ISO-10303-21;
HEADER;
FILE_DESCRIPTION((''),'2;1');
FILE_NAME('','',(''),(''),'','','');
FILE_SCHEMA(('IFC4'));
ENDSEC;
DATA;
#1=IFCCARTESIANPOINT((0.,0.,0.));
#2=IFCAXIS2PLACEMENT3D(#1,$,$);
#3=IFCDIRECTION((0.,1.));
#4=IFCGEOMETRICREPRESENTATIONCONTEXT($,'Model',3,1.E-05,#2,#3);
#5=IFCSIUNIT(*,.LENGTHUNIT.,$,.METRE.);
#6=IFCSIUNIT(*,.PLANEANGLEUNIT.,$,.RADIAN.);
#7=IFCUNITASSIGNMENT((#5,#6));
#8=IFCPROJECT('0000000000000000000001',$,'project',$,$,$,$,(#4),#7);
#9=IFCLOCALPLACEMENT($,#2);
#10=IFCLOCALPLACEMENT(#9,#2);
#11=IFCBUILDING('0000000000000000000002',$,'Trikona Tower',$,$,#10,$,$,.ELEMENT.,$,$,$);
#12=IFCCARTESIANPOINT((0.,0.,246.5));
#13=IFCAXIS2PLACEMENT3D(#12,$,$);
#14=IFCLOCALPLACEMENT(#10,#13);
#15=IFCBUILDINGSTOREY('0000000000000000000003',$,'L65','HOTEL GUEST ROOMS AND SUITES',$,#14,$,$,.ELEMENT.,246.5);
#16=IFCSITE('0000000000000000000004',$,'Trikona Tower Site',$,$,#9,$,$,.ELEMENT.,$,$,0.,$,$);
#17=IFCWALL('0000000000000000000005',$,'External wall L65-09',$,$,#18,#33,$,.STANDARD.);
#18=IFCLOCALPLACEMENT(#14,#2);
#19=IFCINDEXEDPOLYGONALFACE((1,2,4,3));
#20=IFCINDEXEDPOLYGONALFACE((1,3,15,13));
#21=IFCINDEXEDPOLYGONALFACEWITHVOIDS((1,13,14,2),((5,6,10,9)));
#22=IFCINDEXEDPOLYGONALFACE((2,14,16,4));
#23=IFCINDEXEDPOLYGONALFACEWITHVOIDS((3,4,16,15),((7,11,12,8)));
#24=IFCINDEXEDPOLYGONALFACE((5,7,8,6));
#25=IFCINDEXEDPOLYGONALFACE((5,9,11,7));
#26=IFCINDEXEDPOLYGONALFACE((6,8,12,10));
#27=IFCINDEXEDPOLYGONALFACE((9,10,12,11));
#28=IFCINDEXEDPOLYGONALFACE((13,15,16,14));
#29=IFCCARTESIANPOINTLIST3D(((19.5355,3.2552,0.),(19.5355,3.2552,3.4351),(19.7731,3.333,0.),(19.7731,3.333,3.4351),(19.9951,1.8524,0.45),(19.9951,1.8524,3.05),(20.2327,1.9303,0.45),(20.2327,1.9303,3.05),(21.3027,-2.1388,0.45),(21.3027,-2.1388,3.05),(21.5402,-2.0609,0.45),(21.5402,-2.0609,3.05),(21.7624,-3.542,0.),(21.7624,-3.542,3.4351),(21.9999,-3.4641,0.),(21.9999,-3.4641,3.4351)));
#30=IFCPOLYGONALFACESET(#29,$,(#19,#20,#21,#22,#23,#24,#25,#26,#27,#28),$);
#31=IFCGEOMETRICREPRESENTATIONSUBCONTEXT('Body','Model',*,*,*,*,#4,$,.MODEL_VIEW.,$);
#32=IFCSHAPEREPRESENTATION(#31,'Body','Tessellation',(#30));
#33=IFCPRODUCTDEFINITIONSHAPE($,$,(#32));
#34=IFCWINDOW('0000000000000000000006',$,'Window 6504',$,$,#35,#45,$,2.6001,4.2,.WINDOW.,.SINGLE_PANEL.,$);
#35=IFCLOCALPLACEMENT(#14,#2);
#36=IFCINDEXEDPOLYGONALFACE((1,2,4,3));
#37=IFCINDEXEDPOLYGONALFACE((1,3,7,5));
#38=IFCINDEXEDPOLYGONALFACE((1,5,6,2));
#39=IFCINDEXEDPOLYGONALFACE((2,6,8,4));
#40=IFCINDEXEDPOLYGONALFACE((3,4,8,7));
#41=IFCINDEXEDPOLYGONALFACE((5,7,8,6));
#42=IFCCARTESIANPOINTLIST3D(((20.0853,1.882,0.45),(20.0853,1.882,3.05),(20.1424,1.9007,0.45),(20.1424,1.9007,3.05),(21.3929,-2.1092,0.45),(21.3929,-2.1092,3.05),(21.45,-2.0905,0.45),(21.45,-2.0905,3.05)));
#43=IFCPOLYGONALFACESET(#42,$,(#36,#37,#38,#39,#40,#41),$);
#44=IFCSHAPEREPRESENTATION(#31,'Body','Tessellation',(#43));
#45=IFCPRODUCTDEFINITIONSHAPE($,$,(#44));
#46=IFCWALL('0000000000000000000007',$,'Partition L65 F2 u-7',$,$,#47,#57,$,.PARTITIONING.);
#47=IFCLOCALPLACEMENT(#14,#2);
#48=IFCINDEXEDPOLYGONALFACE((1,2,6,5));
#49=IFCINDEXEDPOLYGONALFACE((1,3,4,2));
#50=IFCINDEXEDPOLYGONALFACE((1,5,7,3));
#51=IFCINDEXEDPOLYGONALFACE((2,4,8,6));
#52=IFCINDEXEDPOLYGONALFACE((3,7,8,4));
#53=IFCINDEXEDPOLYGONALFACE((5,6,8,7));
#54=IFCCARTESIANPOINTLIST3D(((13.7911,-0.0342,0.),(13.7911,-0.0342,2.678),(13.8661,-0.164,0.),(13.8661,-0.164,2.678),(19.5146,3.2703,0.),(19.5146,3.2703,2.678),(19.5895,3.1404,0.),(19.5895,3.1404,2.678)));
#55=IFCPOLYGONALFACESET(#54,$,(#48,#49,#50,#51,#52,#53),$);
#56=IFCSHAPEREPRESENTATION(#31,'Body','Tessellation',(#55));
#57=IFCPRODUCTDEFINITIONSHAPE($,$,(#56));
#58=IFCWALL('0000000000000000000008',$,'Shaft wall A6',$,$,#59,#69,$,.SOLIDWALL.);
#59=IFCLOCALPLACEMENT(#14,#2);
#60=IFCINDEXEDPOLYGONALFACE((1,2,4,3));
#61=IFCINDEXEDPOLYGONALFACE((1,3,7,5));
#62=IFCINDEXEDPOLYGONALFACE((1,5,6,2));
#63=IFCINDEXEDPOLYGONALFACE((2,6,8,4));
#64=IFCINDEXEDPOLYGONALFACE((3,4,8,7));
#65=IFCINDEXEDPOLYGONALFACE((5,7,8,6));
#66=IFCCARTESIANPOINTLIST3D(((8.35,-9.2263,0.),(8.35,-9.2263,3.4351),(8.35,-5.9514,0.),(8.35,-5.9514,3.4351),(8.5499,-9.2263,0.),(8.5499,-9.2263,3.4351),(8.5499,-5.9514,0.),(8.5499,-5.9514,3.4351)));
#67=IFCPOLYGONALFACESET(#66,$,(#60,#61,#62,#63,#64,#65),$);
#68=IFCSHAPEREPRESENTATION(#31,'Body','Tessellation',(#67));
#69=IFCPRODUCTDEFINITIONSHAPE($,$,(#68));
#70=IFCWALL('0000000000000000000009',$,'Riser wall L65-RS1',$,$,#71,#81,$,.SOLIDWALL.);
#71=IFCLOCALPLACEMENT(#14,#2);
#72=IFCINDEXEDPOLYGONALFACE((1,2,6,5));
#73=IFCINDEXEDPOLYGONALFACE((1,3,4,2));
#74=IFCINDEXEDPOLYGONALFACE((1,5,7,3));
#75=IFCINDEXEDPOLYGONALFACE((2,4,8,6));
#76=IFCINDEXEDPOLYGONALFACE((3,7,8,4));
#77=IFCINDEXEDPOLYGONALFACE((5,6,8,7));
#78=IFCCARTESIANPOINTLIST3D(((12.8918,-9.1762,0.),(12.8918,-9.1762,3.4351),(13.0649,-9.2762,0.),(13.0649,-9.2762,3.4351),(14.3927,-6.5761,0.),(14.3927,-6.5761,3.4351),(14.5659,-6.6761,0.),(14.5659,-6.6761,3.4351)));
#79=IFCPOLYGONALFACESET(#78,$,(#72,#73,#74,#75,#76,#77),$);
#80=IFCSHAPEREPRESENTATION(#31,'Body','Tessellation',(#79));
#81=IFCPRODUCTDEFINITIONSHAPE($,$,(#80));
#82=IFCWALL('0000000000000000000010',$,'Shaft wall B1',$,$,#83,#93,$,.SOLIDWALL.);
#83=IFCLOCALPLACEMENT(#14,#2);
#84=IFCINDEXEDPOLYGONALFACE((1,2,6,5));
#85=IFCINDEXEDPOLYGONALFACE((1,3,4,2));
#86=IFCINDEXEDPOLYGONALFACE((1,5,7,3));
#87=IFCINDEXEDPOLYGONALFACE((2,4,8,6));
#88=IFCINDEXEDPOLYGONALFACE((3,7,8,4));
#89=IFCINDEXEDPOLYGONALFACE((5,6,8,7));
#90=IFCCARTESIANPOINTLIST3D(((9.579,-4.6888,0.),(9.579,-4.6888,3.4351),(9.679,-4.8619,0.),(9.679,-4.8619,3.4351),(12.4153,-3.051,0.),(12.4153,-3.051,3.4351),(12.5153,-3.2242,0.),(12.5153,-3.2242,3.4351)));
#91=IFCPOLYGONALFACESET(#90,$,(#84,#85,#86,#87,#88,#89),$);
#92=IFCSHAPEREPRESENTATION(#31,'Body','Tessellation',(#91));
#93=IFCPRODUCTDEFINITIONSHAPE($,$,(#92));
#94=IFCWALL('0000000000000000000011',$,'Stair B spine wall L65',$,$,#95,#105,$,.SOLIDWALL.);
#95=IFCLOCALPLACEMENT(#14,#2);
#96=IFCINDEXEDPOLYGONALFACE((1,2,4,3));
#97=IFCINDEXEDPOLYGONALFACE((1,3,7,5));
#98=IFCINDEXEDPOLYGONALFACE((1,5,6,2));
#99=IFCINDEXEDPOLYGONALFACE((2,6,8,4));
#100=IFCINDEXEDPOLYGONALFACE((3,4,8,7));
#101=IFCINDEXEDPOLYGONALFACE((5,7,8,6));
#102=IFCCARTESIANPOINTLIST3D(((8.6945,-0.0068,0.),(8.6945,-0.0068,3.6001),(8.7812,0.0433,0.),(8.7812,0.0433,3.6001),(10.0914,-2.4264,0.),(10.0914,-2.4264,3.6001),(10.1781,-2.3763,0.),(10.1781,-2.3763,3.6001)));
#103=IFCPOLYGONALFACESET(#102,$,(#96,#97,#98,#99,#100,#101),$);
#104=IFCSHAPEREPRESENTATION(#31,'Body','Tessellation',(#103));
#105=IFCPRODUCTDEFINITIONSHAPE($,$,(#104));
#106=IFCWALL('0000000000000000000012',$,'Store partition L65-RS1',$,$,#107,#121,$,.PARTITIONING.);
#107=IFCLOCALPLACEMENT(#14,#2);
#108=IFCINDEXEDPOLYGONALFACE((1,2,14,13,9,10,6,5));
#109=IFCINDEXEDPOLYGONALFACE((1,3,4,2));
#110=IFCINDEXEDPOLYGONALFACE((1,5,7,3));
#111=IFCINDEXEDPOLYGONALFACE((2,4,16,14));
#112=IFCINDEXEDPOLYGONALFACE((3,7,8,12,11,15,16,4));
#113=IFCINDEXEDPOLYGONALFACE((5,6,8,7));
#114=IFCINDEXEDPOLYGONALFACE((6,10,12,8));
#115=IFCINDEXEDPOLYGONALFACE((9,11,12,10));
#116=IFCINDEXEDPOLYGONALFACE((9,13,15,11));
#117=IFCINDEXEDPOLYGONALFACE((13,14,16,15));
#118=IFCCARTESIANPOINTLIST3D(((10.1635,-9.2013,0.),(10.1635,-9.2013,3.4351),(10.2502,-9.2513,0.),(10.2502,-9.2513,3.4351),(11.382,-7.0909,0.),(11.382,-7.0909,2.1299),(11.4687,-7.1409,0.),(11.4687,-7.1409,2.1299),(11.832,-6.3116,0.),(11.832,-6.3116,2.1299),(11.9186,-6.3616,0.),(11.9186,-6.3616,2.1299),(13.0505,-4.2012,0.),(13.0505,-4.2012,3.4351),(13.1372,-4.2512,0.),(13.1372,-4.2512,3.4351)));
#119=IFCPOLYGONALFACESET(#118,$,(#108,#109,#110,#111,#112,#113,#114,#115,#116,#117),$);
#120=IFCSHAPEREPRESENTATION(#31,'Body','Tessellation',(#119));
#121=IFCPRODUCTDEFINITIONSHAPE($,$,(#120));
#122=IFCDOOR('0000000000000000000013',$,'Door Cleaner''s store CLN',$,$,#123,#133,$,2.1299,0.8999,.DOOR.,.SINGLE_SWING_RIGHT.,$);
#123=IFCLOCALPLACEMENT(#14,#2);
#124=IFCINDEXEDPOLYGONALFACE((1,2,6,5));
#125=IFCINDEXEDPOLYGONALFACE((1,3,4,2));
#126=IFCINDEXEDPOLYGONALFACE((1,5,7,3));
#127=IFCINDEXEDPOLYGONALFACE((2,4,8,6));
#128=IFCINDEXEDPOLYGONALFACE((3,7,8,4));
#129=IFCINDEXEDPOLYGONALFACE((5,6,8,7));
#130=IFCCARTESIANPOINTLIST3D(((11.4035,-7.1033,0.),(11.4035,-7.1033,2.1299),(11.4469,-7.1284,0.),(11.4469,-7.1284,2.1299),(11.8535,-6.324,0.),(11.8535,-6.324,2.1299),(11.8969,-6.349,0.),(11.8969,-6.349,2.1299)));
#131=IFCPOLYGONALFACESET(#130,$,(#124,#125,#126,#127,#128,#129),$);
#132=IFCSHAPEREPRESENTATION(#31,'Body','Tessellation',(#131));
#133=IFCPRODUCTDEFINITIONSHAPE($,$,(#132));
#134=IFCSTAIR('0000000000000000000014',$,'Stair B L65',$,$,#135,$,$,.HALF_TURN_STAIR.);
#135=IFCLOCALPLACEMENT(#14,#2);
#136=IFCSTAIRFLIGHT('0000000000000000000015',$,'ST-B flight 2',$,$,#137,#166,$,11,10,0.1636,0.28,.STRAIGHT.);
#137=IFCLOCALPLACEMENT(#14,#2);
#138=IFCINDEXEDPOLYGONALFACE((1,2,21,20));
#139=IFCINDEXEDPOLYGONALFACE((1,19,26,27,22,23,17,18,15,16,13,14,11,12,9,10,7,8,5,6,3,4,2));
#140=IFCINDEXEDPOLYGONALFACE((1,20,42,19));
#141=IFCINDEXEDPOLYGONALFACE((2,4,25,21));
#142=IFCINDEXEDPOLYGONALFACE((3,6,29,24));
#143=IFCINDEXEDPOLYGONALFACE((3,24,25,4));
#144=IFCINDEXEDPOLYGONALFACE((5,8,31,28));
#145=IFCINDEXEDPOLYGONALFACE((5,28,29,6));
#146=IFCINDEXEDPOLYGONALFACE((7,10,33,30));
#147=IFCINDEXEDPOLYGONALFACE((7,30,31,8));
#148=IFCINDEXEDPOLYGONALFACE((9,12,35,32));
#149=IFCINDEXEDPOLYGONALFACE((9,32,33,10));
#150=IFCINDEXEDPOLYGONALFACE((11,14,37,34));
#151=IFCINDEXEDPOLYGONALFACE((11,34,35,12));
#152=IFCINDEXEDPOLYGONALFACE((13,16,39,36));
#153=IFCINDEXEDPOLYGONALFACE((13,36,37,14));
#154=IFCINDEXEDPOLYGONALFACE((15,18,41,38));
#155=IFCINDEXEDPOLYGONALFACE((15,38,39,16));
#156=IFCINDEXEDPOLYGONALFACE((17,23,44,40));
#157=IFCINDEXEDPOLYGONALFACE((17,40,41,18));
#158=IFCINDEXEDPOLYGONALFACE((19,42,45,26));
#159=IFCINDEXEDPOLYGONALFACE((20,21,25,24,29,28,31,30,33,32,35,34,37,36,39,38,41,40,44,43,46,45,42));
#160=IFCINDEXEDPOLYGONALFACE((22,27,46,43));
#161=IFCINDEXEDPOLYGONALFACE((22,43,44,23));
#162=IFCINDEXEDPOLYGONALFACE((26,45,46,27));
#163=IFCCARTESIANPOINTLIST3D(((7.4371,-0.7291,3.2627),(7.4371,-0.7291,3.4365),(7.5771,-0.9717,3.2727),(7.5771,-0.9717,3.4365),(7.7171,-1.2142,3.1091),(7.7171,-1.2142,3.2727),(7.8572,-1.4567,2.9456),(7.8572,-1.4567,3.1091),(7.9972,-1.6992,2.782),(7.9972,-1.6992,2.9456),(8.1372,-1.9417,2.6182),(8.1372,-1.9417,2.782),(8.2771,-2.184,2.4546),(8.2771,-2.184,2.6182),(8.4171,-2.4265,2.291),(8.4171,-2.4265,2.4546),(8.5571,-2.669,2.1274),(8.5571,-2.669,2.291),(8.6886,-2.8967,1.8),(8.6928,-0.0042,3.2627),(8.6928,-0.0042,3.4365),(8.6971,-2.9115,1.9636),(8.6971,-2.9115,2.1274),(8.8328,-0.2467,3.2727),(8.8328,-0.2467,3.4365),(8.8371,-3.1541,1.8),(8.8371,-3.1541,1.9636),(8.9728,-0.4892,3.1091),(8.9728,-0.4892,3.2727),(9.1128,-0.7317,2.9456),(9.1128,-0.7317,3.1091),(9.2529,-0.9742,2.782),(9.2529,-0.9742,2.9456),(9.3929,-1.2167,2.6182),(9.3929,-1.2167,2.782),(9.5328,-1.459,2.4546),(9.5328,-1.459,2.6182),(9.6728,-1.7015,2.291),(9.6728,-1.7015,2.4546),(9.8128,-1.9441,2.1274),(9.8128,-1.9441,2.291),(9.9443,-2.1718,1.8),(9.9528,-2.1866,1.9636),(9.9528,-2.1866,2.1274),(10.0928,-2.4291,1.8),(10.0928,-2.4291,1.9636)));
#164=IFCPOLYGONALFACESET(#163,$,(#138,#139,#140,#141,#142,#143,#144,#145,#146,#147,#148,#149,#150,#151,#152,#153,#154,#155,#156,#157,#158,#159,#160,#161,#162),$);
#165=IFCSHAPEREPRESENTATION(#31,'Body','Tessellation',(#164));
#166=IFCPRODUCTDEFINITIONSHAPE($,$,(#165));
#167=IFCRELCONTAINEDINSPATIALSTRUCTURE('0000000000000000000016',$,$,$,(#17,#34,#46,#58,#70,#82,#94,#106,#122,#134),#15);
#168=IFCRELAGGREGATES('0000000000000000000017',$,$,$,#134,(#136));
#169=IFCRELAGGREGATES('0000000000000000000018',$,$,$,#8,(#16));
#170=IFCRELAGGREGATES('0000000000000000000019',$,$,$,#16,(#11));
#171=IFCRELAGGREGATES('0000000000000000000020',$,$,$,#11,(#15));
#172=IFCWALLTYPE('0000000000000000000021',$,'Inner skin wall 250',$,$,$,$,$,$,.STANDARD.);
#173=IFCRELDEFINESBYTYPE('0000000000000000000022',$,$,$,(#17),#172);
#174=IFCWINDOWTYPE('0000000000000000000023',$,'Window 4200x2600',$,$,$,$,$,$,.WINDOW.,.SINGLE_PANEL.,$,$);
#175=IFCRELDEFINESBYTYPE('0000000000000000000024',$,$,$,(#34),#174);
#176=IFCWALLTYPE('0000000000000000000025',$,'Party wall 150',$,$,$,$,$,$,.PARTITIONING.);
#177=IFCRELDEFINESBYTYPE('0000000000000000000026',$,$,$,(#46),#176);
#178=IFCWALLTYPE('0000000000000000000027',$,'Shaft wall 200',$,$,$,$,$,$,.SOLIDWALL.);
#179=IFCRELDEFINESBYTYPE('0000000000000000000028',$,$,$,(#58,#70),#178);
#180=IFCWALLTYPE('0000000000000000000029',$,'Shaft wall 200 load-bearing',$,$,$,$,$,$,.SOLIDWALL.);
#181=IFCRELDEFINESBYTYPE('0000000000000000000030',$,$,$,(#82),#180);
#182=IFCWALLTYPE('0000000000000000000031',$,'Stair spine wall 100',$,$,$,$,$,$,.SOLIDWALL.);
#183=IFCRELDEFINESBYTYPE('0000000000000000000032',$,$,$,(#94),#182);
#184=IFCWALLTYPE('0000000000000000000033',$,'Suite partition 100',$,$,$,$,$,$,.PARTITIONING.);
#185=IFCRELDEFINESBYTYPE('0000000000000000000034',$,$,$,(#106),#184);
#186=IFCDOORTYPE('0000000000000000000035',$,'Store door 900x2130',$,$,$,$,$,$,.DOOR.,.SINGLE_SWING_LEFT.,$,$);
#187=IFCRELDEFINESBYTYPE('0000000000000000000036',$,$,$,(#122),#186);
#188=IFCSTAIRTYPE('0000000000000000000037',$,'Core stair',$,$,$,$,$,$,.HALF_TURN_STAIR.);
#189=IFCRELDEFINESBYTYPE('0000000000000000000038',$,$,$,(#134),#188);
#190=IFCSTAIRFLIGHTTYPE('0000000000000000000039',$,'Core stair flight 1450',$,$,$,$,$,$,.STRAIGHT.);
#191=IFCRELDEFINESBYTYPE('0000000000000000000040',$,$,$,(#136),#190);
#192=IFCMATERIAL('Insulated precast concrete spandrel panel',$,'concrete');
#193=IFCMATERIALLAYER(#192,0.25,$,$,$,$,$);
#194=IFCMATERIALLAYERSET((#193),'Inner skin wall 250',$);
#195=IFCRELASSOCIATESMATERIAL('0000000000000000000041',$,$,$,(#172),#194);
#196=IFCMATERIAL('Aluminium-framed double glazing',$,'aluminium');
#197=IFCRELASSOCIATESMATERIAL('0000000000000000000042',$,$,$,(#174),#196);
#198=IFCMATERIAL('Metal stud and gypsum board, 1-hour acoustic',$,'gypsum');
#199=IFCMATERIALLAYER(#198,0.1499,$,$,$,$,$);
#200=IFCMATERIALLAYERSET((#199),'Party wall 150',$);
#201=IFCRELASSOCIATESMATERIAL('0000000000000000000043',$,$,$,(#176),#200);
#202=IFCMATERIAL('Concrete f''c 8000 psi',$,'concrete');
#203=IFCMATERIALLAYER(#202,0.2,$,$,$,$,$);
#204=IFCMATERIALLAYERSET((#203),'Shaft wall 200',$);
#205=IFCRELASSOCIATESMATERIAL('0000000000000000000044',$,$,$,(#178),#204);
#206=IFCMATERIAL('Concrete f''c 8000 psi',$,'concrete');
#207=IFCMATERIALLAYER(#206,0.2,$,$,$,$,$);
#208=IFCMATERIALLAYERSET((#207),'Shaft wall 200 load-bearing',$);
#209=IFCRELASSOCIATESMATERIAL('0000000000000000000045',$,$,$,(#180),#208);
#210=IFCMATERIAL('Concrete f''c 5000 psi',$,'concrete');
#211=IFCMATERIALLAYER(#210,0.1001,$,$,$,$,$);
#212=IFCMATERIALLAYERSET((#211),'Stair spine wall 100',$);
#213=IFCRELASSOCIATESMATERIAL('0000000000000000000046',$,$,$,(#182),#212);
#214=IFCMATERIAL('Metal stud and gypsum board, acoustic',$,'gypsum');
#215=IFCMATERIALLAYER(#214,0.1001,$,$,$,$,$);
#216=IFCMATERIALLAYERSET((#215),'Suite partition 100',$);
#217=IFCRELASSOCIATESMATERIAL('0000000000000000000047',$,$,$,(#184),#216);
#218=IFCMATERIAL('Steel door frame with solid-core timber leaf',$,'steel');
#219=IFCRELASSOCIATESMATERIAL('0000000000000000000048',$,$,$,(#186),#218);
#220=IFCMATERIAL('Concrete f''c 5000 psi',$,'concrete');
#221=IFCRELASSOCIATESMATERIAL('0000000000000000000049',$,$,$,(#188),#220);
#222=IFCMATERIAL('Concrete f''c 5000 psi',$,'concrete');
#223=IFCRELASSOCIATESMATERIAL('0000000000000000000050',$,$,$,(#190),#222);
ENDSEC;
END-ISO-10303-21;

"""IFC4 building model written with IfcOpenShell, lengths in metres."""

from ifc_helpers import new_model, si_unit, direction, frame, frame_2d, origin, place, context, subcontext, project, spatial, polyline, rectangle, outline, extrude, material, layer, layer_set, type_object, element, fill, aggregate, save


model = new_model("IFC4")

# Units and contexts
model_context = context("Model", 3, precision=1e-05, world=origin(), true_north=direction((0.0, 1.0)))
body_context = subcontext(model_context, "Body", "Model", "MODEL_VIEW")
ifc_project = project(units=[si_unit("LENGTHUNIT", "METRE"), si_unit("PLANEANGLEUNIT", "RADIAN")], contexts=[model_context])

# Site, building, storey
site_placement = place(None, origin())
site = spatial("IfcSite", under=ifc_project, at=site_placement, Name="Trikona Tower Site", CompositionType="ELEMENT", RefElevation=0.0)
building_placement = place(site_placement, origin())
building = spatial("IfcBuilding", under=site, at=building_placement, Name="Trikona Tower", CompositionType="ELEMENT")
storey_placement = place(building_placement, frame((0.0, 0.0, 246.5)))
storey = spatial("IfcBuildingStorey", under=building, at=storey_placement, Name="L65", Description="HOTEL GUEST ROOMS AND SUITES", CompositionType="ELEMENT", Elevation=246.5)

# Wall, opening, window
ifc_material_1 = material(Name="Insulated precast concrete spandrel panel", Category="concrete")
ifc_layer_1 = layer(ifc_material_1, 0.25)
ifc_layer_set_1 = layer_set([ifc_layer_1], Name="Inner skin wall 250")
wall_type_1 = type_object("IfcWallType", Name="Inner skin wall 250", PredefinedType="STANDARD", material=ifc_layer_set_1)
wall_1_placement = place(storey_placement, frame((21.8811, -3.5029, 0.0), z_axis=(0.0, 0.0, 1.0), x_axis=(-0.311329, 0.950302, 0.0)))
wall_1 = element("IfcWall", 1, at=wall_1_placement, inside=storey, type_object=wall_type_1, Name="External wall L65-09", PredefinedType="STANDARD", context=body_context, shape_type="SweptSolid", body=[
    extrude(rectangle(XDim=7.1526, YDim=0.25, at=frame_2d((3.5762, 0.0))), origin(), (0.0, 0.0, 1.0), 3.4351),
])
opening_1_placement = place(wall_1_placement, frame((1.4763, 0.0, 0.45)))
opening_1 = element("IfcOpeningElement", 2, at=opening_1_placement, cuts=wall_1, PredefinedType="OPENING", context=body_context, shape_type="SweptSolid", body=[
    extrude(rectangle(XDim=4.2, YDim=2.6001, at=frame_2d((2.1001, 1.3))), frame((0.0, 0.135, 0.0), z_axis=(0.0, -1.0, 0.0), x_axis=(1.0, 0.0, 0.0)), (0.0, 0.0, 1.0), 0.27),
])
ifc_material_2 = material(Name="Aluminium-framed double glazing", Category="aluminium")
window_type_1 = type_object("IfcWindowType", Name="Window 4200x2600", PartitioningType="SINGLE_PANEL", PredefinedType="WINDOW", material=ifc_material_2)
window_1_placement = place(opening_1_placement, origin())
window_1 = element("IfcWindow", 3, at=window_1_placement, inside=storey, type_object=window_type_1, Name="Window 6504", OverallHeight=2.6001, OverallWidth=4.2, PartitioningType="SINGLE_PANEL", PredefinedType="WINDOW", context=body_context, shape_type="SweptSolid", body=[
    extrude(rectangle(XDim=4.2, YDim=2.6001, at=frame_2d((2.1001, 1.3))), frame((0.0, 0.03, 0.0), z_axis=(0.0, -1.0, 0.0), x_axis=(1.0, 0.0, 0.0)), (0.0, 0.0, 1.0), 0.0601),
])
fill(opening_1, window_1)

# Walls
ifc_material_3 = material(Name="Metal stud and gypsum board, 1-hour acoustic", Category="gypsum")
ifc_layer_2 = layer(ifc_material_3, 0.1499)
ifc_layer_set_2 = layer_set([ifc_layer_2], Name="Party wall 150")
wall_type_2 = type_object("IfcWallType", Name="Party wall 150", PredefinedType="PARTITIONING", material=ifc_layer_set_2)
wall_2_placement = place(storey_placement, frame((13.8286, -0.0991, 0.0), z_axis=(0.0, 0.0, 1.0), x_axis=(0.866023, 0.500005, 0.0)))
element("IfcWall", 4, at=wall_2_placement, inside=storey, type_object=wall_type_2, Name="Partition L65 F2 u-7", PredefinedType="PARTITIONING", context=body_context, shape_type="SweptSolid", body=[
    extrude(rectangle(XDim=6.6089, YDim=0.1499, at=frame_2d((3.3044, 0.0))), origin(), (0.0, 0.0, 1.0), 2.678),
])
ifc_material_4 = material(Name="Concrete f'c 8000 psi", Category="concrete")
ifc_layer_3 = layer(ifc_material_4, 0.2)
ifc_layer_set_3 = layer_set([ifc_layer_3], Name="Shaft wall 200")
wall_type_3 = type_object("IfcWallType", Name="Shaft wall 200", PredefinedType="SOLIDWALL", material=ifc_layer_set_3)
wall_3_placement = place(storey_placement, frame((8.45, -5.9514, 0.0), z_axis=(0.0, 0.0, 1.0), x_axis=(0.0, -1.0, 0.0)))
element("IfcWall", 5, at=wall_3_placement, inside=storey, type_object=wall_type_3, Name="Shaft wall A6", PredefinedType="SOLIDWALL", context=body_context, shape_type="SweptSolid", body=[
    extrude(rectangle(XDim=3.2749, YDim=0.2, at=frame_2d((1.6375, 0.0))), origin(), (0.0, 0.0, 1.0), 3.4351),
])
wall_4_placement = place(storey_placement, frame((14.4792, -6.6262, 0.0), z_axis=(0.0, 0.0, 1.0), x_axis=(-0.499952, -0.866053, 0.0)))
element("IfcWall", 6, at=wall_4_placement, inside=storey, type_object=wall_type_3, Name="Riser wall L65-RS1", PredefinedType="SOLIDWALL", context=body_context, shape_type="SweptSolid", body=[
    extrude(rectangle(XDim=3.0022, YDim=0.2, at=frame_2d((1.501, 0.0))), origin(), (0.0, 0.0, 1.0), 3.4351),
])
ifc_material_5 = material(Name="Concrete f'c 8000 psi", Category="concrete")
ifc_layer_4 = layer(ifc_material_5, 0.2)
ifc_layer_set_4 = layer_set([ifc_layer_4], Name="Shaft wall 200 load-bearing")
wall_type_4 = type_object("IfcWallType", Name="Shaft wall 200 load-bearing", PredefinedType="SOLIDWALL", material=ifc_layer_set_4)
wall_5_placement = place(storey_placement, frame((9.6289, -4.7754, 0.0), z_axis=(0.0, 0.0, 1.0), x_axis=(0.865996, 0.500052, 0.0)))
element("IfcWall", 7, at=wall_5_placement, inside=storey, type_object=wall_type_4, Name="Shaft wall B1", PredefinedType="SOLIDWALL", context=body_context, shape_type="SweptSolid", body=[
    extrude(rectangle(XDim=3.2751, YDim=0.2, at=frame_2d((1.6377, 0.0))), origin(), (0.0, 0.0, 1.0), 3.4351),
])
ifc_material_6 = material(Name="Concrete f'c 5000 psi", Category="concrete")
ifc_layer_5 = layer(ifc_material_6, 0.1001)
ifc_layer_set_5 = layer_set([ifc_layer_5], Name="Stair spine wall 100")
wall_type_5 = type_object("IfcWallType", Name="Stair spine wall 100", PredefinedType="SOLIDWALL", material=ifc_layer_set_5)
wall_6_placement = place(storey_placement, frame((10.1348, -2.4014, 0.0), z_axis=(0.0, 0.0, 1.0), x_axis=(-0.499992, 0.86603, 0.0)))
element("IfcWall", 8, at=wall_6_placement, inside=storey, type_object=wall_type_5, Name="Stair B spine wall L65", PredefinedType="SOLIDWALL", context=body_context, shape_type="SweptSolid", body=[
    extrude(rectangle(XDim=2.7939, YDim=0.1001, at=frame_2d((1.397, 0.0))), origin(), (0.0, 0.0, 1.0), 3.6001),
])

# Wall, opening, door
ifc_material_7 = material(Name="Metal stud and gypsum board, acoustic", Category="gypsum")
ifc_layer_6 = layer(ifc_material_7, 0.1001)
ifc_layer_set_6 = layer_set([ifc_layer_6], Name="Suite partition 100")
wall_type_6 = type_object("IfcWallType", Name="Suite partition 100", PredefinedType="PARTITIONING", material=ifc_layer_set_6)
wall_7_placement = place(storey_placement, frame((13.0938, -4.2263, 0.0), z_axis=(0.0, 0.0, 1.0), x_axis=(-0.500027, -0.86601, 0.0)))
wall_7 = element("IfcWall", 9, at=wall_7_placement, inside=storey, type_object=wall_type_6, Name="Store partition L65-RS1", PredefinedType="PARTITIONING", context=body_context, shape_type="SweptSolid", body=[
    extrude(rectangle(XDim=5.7737, YDim=0.1001, at=frame_2d((2.8867, 0.0))), origin(), (0.0, 0.0, 1.0), 3.4351),
])
opening_2_placement = place(wall_7_placement, frame((2.4368, 0.0, 0.0)))
opening_2 = element("IfcOpeningElement", 10, at=opening_2_placement, cuts=wall_7, PredefinedType="OPENING", context=body_context, shape_type="SweptSolid", body=[
    extrude(rectangle(XDim=0.8999, YDim=2.1299, at=frame_2d((0.45, 1.0649))), frame((0.0, 0.0601, 0.0), z_axis=(0.0, -1.0, 0.0), x_axis=(1.0, 0.0, 0.0)), (0.0, 0.0, 1.0), 0.1201),
])
ifc_material_8 = material(Name="Steel door frame with solid-core timber leaf", Category="steel")
door_type_1 = type_object("IfcDoorType", Name="Store door 900x2130", OperationType="SINGLE_SWING_LEFT", PredefinedType="DOOR", material=ifc_material_8)
door_1_placement = place(opening_2_placement, origin())
door_1 = element("IfcDoor", 11, at=door_1_placement, inside=storey, type_object=door_type_1, Name="Door Cleaner's store CLN", OperationType="SINGLE_SWING_RIGHT", OverallHeight=2.1299, OverallWidth=0.8999, PredefinedType="DOOR", context=body_context, shape_type="SweptSolid", body=[
    extrude(rectangle(XDim=0.8999, YDim=2.1299, at=frame_2d((0.45, 1.0649))), frame((0.0, 0.0249, 0.0), z_axis=(0.0, -1.0, 0.0), x_axis=(1.0, 0.0, 0.0)), (0.0, 0.0, 1.0), 0.05),
])
fill(opening_2, door_1)

# Stair, stair flight
ifc_material_9 = material(Name="Concrete f'c 5000 psi", Category="concrete")
stair_type = type_object("IfcStairType", Name="Core stair", PredefinedType="HALF_TURN_STAIR", material=ifc_material_9)
stair_placement = place(storey_placement, origin())
stair = element("IfcStair", 12, at=stair_placement, inside=storey, type_object=stair_type, Name="Stair B L65", PredefinedType="HALF_TURN_STAIR")
ifc_material_10 = material(Name="Concrete f'c 5000 psi", Category="concrete")
stair_flight_type = type_object("IfcStairFlightType", Name="Core stair flight 1450", PredefinedType="STRAIGHT", material=ifc_material_10)
stair_flight_placement = place(storey_placement, frame((9.4651, -2.7915, 1.8), z_axis=(0.0, 0.0, 1.0), x_axis=(-0.5, 0.866025, 0.0)))
stair_flight = element("IfcStairFlight", 13, at=stair_flight_placement, type_object=stair_flight_type, Name="ST-B flight 2", NumberOfRisers=11, NumberOfTreads=10, PredefinedType="STRAIGHT", RiserHeight=0.1636, TreadLength=0.28, context=body_context, shape_type="SweptSolid", body=[
    extrude(outline(polyline([(0.0, 0.0), (0.0, 0.1636), (0.28, 0.1636), (0.28, 0.3274), (0.5601, 0.3274), (0.5601, 0.491), (0.8401, 0.491), (0.8401, 0.6545), (1.1201, 0.6545), (1.1201, 0.8181), (1.3999, 0.8181), (1.3999, 0.9819), (1.6799, 0.9819), (1.6799, 1.1455), (1.96, 1.1455), (1.96, 1.3091), (2.24, 1.3091), (2.24, 1.4727), (2.52, 1.4727), (2.52, 1.6365), (2.8, 1.6365), (2.8, 1.8), (2.8, 1.4626), (0.2971, 0.0), (0.0, 0.0)])), frame((0.0, 0.7251, 0.0), z_axis=(0.0, -1.0, 0.0), x_axis=(1.0, 0.0, 0.0)), (0.0, 0.0, 1.0), 1.45),
])
aggregate(stair, [stair_flight])

save(model, "model.ifc")
